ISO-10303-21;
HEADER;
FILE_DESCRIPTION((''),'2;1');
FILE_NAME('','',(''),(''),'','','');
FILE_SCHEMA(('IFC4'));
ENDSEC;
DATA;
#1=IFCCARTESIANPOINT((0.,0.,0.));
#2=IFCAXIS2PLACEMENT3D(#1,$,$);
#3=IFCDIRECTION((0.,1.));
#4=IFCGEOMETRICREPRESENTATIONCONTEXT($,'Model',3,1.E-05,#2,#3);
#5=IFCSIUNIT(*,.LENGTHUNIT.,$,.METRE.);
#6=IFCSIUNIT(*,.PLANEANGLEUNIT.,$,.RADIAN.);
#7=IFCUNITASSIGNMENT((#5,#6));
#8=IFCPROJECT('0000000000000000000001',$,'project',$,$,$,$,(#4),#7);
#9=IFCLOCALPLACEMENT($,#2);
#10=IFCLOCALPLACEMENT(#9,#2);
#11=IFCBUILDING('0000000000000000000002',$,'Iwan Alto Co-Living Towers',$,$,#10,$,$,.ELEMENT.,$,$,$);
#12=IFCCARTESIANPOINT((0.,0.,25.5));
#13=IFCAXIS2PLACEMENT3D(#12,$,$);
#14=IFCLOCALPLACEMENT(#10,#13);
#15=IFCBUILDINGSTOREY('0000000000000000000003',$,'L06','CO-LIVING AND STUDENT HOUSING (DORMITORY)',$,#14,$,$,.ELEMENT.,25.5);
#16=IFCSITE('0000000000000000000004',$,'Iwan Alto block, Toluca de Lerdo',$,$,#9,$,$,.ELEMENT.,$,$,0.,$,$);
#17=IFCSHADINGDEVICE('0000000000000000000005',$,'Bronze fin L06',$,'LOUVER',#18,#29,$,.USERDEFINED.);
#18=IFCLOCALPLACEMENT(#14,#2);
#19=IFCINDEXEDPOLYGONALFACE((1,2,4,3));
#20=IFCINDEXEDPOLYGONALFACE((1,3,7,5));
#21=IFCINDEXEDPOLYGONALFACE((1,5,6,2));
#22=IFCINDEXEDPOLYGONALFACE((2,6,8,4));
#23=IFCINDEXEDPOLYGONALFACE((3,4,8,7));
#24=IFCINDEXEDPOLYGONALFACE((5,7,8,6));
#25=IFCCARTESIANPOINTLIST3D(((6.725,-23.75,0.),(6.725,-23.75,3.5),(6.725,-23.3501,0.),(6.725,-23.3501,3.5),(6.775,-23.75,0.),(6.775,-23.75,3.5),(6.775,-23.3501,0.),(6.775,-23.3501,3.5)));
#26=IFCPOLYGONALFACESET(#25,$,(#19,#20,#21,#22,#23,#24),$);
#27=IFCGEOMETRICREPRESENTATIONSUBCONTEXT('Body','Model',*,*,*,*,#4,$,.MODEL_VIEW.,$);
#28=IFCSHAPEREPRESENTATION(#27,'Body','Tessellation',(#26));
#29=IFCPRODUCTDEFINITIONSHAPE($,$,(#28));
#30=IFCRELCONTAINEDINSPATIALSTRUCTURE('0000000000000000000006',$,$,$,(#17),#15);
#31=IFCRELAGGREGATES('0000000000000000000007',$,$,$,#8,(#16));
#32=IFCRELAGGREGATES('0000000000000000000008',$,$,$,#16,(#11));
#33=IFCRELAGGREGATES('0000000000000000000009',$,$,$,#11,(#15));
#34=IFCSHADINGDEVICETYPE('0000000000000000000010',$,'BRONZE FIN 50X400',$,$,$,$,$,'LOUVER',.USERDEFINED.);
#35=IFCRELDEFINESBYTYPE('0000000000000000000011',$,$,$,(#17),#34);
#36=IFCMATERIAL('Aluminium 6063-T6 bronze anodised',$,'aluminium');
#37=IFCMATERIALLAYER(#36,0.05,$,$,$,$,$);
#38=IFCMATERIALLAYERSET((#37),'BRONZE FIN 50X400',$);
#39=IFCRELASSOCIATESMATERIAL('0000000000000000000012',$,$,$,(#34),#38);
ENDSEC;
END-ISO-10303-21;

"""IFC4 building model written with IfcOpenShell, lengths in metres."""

from ifc_helpers import new_model, si_unit, direction, frame, origin, origin_2d, place, context, subcontext, project, spatial, rectangle, extrude, material, layer, layer_set, type_object, element, save


model = new_model("IFC4")

# Units and contexts
model_context = context("Model", 3, precision=1e-05, world=origin(), true_north=direction((0.0, 1.0)))
body_context = subcontext(model_context, "Body", "Model", "MODEL_VIEW")
ifc_project = project(units=[si_unit("LENGTHUNIT", "METRE"), si_unit("PLANEANGLEUNIT", "RADIAN")], contexts=[model_context])

# Site, building, storey
site_placement = place(None, origin())
site = spatial("IfcSite", under=ifc_project, at=site_placement, Name="Iwan Alto block, Toluca de Lerdo", CompositionType="ELEMENT", RefElevation=0.0)
building_placement = place(site_placement, origin())
building = spatial("IfcBuilding", under=site, at=building_placement, Name="Iwan Alto Co-Living Towers", CompositionType="ELEMENT")
storey_placement = place(building_placement, frame((0.0, 0.0, 25.5)))
storey = spatial("IfcBuildingStorey", under=building, at=storey_placement, Name="L06", Description="CO-LIVING AND STUDENT HOUSING (DORMITORY)", CompositionType="ELEMENT", Elevation=25.5)

# Shading device
ifc_material_1 = material(Name="Aluminium 6063-T6 bronze anodised", Category="aluminium")
ifc_layer_1 = layer(ifc_material_1, 0.05)
ifc_layer_set_1 = layer_set([ifc_layer_1], Name="BRONZE FIN 50X400")
shading_device_type = type_object("IfcShadingDeviceType", Name="BRONZE FIN 50X400", ElementType="LOUVER", PredefinedType="USERDEFINED", material=ifc_layer_set_1)
shading_device_placement = place(storey_placement, frame((6.75, -23.55, 0.0), z_axis=(0.0, 0.0, 1.0), x_axis=(1.0, 0.0, 0.0)))
element("IfcShadingDevice", 1, at=shading_device_placement, inside=storey, type_object=shading_device_type, Name="Bronze fin L06", ObjectType="LOUVER", PredefinedType="USERDEFINED", context=body_context, shape_type="SweptSolid", body=[
    extrude(rectangle(XDim=0.05, YDim=0.3999, at=origin_2d()), origin(), (0.0, 0.0, 1.0), 3.5),
])

save(model, "model.ifc")
